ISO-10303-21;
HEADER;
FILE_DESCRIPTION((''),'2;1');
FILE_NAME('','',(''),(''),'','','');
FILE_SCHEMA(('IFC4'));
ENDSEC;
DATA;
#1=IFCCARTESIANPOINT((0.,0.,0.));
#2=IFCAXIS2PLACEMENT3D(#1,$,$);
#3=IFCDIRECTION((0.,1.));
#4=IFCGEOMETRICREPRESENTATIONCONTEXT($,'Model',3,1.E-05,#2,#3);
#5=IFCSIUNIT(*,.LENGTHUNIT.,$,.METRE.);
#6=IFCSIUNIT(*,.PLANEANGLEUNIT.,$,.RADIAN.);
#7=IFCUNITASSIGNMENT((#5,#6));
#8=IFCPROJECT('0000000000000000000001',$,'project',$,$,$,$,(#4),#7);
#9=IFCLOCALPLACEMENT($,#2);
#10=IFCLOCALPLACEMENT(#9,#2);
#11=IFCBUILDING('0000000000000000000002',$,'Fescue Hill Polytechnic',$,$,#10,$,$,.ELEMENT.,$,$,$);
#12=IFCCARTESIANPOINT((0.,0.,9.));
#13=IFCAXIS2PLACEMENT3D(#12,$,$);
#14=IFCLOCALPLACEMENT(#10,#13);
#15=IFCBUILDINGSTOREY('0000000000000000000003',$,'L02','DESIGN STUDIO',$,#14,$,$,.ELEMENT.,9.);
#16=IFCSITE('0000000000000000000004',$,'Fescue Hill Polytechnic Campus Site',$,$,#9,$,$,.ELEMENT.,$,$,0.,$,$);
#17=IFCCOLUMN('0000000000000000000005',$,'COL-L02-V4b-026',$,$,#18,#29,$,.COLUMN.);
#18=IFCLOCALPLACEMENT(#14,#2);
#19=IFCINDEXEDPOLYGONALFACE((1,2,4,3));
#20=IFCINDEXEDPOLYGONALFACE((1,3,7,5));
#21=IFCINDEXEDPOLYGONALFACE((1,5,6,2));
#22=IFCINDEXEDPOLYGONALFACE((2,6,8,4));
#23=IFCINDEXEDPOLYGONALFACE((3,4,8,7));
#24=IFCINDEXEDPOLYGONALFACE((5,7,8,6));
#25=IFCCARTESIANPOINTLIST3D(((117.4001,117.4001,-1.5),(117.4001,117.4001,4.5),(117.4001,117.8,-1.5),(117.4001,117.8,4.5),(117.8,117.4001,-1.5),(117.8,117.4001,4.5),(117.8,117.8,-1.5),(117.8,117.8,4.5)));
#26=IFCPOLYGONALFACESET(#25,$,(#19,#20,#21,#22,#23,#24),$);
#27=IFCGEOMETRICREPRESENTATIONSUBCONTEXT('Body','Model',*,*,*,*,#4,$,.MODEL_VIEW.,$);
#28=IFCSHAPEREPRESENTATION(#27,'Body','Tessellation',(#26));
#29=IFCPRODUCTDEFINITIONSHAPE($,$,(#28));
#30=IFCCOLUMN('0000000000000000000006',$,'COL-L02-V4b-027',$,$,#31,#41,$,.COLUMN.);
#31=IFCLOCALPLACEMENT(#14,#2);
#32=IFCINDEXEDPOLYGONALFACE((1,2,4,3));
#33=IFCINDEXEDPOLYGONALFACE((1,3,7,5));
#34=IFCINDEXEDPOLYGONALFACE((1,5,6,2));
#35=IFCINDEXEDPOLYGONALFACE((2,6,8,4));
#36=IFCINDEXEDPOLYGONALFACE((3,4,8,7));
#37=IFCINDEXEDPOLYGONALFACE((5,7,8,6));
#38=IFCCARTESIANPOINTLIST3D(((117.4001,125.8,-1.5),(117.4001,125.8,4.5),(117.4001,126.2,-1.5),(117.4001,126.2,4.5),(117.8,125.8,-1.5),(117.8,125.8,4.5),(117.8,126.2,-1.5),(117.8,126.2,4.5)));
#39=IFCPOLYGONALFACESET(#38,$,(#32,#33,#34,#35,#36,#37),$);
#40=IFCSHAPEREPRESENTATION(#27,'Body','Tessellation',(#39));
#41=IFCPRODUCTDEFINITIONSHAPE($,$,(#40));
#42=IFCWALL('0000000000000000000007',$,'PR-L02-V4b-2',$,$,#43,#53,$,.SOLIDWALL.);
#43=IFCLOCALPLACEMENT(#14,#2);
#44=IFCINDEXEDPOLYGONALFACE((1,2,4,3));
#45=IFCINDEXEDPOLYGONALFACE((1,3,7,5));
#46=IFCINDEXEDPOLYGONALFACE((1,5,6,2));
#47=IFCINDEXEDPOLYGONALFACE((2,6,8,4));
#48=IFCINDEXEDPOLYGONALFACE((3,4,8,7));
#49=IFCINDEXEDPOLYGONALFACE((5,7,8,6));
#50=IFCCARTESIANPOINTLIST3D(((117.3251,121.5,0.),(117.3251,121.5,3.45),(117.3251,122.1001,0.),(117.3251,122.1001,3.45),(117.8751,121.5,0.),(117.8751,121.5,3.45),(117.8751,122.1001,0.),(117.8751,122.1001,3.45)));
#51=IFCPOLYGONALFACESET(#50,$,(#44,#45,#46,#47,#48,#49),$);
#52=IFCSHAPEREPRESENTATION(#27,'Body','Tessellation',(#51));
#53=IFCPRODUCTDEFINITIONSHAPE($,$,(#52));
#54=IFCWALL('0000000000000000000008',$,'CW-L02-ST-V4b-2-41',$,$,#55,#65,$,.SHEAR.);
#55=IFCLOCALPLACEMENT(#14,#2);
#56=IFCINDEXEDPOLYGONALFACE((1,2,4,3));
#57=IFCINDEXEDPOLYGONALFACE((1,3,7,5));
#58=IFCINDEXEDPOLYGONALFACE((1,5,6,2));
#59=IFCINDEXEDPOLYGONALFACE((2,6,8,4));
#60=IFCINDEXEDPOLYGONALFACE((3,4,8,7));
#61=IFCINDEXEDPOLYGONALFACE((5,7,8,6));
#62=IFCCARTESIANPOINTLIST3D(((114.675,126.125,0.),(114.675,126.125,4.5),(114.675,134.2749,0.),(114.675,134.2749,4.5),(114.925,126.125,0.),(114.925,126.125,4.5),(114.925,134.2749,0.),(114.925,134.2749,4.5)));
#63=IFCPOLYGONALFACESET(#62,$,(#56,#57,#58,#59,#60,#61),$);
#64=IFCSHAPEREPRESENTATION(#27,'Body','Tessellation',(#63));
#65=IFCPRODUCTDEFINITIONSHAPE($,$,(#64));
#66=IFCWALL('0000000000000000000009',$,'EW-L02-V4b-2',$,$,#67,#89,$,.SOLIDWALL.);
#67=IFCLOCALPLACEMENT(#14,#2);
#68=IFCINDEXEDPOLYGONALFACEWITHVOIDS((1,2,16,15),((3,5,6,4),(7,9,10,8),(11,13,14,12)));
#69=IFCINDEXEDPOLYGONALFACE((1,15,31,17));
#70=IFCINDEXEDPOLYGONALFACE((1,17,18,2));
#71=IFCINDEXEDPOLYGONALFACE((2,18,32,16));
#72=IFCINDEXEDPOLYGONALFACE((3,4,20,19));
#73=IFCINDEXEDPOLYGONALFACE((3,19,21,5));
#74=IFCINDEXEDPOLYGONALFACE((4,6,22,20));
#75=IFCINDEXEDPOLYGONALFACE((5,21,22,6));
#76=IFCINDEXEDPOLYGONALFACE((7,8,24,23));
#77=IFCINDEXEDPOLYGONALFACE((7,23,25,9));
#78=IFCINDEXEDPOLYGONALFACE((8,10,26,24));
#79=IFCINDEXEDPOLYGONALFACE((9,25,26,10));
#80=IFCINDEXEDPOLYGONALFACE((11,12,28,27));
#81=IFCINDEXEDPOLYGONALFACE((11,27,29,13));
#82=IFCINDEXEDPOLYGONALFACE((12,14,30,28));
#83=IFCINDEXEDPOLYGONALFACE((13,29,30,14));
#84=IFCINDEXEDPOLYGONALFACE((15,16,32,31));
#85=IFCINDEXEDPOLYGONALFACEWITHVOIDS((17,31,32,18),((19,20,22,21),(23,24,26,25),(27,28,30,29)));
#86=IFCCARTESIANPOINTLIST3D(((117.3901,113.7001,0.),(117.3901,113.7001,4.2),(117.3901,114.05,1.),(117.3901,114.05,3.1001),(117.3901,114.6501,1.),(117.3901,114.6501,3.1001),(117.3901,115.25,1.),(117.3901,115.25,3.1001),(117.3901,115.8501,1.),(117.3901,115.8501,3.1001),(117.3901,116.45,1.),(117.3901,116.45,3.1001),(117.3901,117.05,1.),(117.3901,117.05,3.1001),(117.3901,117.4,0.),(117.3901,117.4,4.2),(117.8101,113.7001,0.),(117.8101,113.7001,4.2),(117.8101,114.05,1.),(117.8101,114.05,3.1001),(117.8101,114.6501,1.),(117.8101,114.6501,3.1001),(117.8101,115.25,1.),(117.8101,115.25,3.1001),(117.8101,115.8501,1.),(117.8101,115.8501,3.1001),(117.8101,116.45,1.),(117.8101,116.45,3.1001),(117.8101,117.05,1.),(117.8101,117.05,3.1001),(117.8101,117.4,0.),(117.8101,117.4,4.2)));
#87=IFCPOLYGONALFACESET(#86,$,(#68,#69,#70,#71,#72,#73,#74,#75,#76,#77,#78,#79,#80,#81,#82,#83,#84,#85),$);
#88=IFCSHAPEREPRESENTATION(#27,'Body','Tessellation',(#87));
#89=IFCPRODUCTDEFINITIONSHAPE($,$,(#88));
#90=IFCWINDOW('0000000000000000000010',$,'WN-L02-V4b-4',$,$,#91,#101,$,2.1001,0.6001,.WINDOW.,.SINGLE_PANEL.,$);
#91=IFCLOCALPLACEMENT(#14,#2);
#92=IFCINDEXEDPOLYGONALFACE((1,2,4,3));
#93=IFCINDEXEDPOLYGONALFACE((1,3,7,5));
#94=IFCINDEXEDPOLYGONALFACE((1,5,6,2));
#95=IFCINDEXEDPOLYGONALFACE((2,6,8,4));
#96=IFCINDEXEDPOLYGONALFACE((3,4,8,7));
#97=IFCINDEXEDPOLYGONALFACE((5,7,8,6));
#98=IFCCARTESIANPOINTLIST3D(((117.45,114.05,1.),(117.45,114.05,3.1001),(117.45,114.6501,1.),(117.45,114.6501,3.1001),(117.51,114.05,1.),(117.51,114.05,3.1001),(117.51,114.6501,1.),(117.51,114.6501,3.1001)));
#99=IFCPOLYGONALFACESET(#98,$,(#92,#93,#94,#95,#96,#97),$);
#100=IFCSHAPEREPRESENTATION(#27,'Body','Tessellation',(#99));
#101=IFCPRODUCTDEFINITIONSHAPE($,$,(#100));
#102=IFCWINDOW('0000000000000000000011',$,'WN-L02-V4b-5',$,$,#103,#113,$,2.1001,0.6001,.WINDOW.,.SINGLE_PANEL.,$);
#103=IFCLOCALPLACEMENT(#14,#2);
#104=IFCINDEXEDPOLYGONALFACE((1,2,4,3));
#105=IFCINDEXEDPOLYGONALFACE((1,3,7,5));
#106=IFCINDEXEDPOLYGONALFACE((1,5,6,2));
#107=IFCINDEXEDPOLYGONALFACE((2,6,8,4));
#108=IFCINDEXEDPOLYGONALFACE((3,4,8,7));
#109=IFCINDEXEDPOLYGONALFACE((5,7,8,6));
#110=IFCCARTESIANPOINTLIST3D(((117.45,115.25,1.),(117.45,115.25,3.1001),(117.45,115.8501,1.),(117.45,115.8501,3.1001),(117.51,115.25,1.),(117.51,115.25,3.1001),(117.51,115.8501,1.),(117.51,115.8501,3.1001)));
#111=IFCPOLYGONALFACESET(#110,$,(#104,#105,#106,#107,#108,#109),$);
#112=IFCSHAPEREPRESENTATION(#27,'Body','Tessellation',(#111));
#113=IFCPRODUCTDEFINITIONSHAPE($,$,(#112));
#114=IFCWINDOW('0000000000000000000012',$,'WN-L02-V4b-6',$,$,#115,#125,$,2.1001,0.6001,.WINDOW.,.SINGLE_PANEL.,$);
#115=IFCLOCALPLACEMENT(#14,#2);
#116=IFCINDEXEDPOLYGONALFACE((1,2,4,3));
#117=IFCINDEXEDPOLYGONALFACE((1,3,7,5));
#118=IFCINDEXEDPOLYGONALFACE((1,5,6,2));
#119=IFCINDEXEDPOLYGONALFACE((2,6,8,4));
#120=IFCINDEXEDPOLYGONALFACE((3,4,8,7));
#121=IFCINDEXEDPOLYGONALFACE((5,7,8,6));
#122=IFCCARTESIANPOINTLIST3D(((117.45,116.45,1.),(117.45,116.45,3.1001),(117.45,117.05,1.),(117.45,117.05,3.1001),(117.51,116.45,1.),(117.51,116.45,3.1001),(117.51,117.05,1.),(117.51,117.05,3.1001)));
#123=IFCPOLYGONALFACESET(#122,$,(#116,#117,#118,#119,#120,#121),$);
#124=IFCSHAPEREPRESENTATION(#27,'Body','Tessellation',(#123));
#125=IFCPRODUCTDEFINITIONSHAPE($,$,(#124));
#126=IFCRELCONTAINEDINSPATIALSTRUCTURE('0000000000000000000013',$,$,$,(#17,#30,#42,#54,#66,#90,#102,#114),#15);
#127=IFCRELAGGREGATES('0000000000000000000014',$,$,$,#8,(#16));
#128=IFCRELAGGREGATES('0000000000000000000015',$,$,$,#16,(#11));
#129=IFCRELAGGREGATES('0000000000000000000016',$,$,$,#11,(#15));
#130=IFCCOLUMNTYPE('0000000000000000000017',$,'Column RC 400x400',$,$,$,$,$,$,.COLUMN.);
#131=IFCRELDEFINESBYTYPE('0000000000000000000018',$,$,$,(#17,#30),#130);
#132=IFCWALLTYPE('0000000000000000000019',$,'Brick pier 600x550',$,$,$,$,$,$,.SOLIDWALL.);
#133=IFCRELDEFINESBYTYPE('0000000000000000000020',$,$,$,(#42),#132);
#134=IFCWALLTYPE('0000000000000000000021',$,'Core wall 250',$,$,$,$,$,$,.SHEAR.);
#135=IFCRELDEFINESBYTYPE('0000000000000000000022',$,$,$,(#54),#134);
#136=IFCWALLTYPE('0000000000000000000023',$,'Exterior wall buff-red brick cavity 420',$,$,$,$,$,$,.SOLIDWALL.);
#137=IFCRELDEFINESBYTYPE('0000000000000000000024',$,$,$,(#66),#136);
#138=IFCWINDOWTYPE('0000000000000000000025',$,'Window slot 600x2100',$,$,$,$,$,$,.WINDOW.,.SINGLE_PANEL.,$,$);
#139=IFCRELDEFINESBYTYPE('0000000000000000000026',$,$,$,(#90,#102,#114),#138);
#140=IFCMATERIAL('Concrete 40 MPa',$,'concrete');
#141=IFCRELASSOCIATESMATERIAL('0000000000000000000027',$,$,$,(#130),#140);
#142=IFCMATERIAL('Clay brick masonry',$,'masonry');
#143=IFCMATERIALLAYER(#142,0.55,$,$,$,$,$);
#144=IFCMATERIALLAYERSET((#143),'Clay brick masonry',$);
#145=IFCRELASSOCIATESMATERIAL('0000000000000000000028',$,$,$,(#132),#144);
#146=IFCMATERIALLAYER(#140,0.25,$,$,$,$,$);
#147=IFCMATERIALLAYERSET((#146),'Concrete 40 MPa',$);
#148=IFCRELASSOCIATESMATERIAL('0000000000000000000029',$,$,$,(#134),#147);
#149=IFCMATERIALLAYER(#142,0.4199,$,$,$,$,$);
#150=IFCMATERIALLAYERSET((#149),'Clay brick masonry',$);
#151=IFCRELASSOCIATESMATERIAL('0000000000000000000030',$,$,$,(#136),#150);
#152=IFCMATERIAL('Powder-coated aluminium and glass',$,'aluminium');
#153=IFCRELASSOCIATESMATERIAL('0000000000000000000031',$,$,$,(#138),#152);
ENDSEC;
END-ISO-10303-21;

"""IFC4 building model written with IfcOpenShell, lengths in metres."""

from ifc_helpers import new_model, si_unit, direction, frame, frame_2d, origin, origin_2d, place, context, subcontext, project, spatial, rectangle, extrude, material, layer, layer_set, material_profile, profile_set, type_object, element, fill, save


model = new_model("IFC4")

# Units and contexts
model_context = context("Model", 3, precision=1e-05, world=origin(), true_north=direction((0.0, 1.0)))
body_context = subcontext(model_context, "Body", "Model", "MODEL_VIEW")
ifc_project = project(units=[si_unit("LENGTHUNIT", "METRE"), si_unit("PLANEANGLEUNIT", "RADIAN")], contexts=[model_context])

# Site, building, storey
site_placement = place(None, origin())
site = spatial("IfcSite", under=ifc_project, at=site_placement, Name="Fescue Hill Polytechnic Campus Site", CompositionType="ELEMENT", RefElevation=0.0)
building_placement = place(site_placement, origin())
building = spatial("IfcBuilding", under=site, at=building_placement, Name="Fescue Hill Polytechnic", CompositionType="ELEMENT")
storey_placement = place(building_placement, frame((0.0, 0.0, 9.0)))
storey = spatial("IfcBuildingStorey", under=building, at=storey_placement, Name="L02", Description="DESIGN STUDIO", CompositionType="ELEMENT", Elevation=9.0)

# Columns
ifc_material_1 = material(Name="Concrete 40 MPa", Category="concrete")
ifc_material_profile = material_profile(ifc_material_1, rectangle(XDim=0.3999, YDim=0.3999, at=origin_2d()), Name="RC 400x400")
ifc_profile_set = profile_set([ifc_material_profile], Name="Concrete 40 MPa")
column_type = type_object("IfcColumnType", Name="Column RC 400x400", PredefinedType="COLUMN", material=ifc_profile_set)
for number, where, z_axis, x_axis, name in (
    (1, (117.6001, 117.6001, -1.5), (0.0, 0.0, 1.0), (1.0, 0.0, 0.0), "COL-L02-V4b-026"),
    (2, (117.6001, 126.0, -1.5), (0.0, 0.0, 1.0), (1.0, 0.0, 0.0), "COL-L02-V4b-027"),
):
    element("IfcColumn", number, at=place(storey_placement, frame(where, z_axis=z_axis, x_axis=x_axis)), inside=storey, type_object=column_type, Name=name, PredefinedType="COLUMN", context=body_context, shape_type="SweptSolid", body=[
        extrude(rectangle(XDim=0.3999, YDim=0.3999, at=origin_2d()), origin(), (0.0, 0.0, 1.0), 6.0),
    ])

# Walls
ifc_material_2 = material(Name="Clay brick masonry", Category="masonry")
ifc_layer_1 = layer(ifc_material_2, 0.55)
ifc_layer_set_1 = layer_set([ifc_layer_1], Name="Clay brick masonry")
wall_type_1 = type_object("IfcWallType", Name="Brick pier 600x550", PredefinedType="SOLIDWALL", material=ifc_layer_set_1)
wall_1_placement = place(storey_placement, frame((117.6001, 121.5, 0.0), z_axis=(0.0, 0.0, 1.0), x_axis=(0.0, 1.0, 0.0)))
element("IfcWall", 3, at=wall_1_placement, inside=storey, type_object=wall_type_1, Name="PR-L02-V4b-2", PredefinedType="SOLIDWALL", context=body_context, shape_type="SweptSolid", body=[
    extrude(rectangle(XDim=0.6001, YDim=0.55, at=frame_2d((0.3, 0.0))), origin(), (0.0, 0.0, 1.0), 3.45),
])
ifc_layer_2 = layer(ifc_material_1, 0.25)
ifc_layer_set_2 = layer_set([ifc_layer_2], Name="Concrete 40 MPa")
wall_type_2 = type_object("IfcWallType", Name="Core wall 250", PredefinedType="SHEAR", material=ifc_layer_set_2)
wall_2_placement = place(storey_placement, frame((114.8, 126.125, 0.0), z_axis=(0.0, 0.0, 1.0), x_axis=(0.0, 1.0, 0.0)))
element("IfcWall", 4, at=wall_2_placement, inside=storey, type_object=wall_type_2, Name="CW-L02-ST-V4b-2-41", PredefinedType="SHEAR", context=body_context, shape_type="SweptSolid", body=[
    extrude(rectangle(XDim=8.1499, YDim=0.25, at=frame_2d((4.075, 0.0))), origin(), (0.0, 0.0, 1.0), 4.5),
])

# Wall, openings, windows
ifc_layer_3 = layer(ifc_material_2, 0.4199)
ifc_layer_set_3 = layer_set([ifc_layer_3], Name="Clay brick masonry")
wall_type_3 = type_object("IfcWallType", Name="Exterior wall buff-red brick cavity 420", PredefinedType="SOLIDWALL", material=ifc_layer_set_3)
wall_3_placement = place(storey_placement, frame((117.6001, 113.7, 0.0), z_axis=(0.0, 0.0, 1.0), x_axis=(0.0, 1.0, 0.0)))
wall_3 = element("IfcWall", 5, at=wall_3_placement, inside=storey, type_object=wall_type_3, Name="EW-L02-V4b-2", PredefinedType="SOLIDWALL", context=body_context, shape_type="SweptSolid", body=[
    extrude(rectangle(XDim=3.7, YDim=0.4199, at=frame_2d((1.8501, 0.0))), origin(), (0.0, 0.0, 1.0), 4.2),
])
opening_1_placement = place(wall_3_placement, frame((0.3501, 0.0, 1.0)))
opening_1 = element("IfcOpeningElement", 6, at=opening_1_placement, cuts=wall_3, PredefinedType="OPENING", context=body_context, shape_type="SweptSolid", body=[
    extrude(rectangle(XDim=0.6001, YDim=2.1001, at=frame_2d((0.3, 1.05))), frame((0.0, 0.22, 0.0), z_axis=(0.0, -1.0, 0.0), x_axis=(1.0, 0.0, 0.0)), (0.0, 0.0, 1.0), 0.4399),
])
opening_2_placement = place(wall_3_placement, frame((1.55, 0.0, 1.0)))
opening_2 = element("IfcOpeningElement", 7, at=opening_2_placement, cuts=wall_3, PredefinedType="OPENING", context=body_context, shape_type="SweptSolid", body=[
    extrude(rectangle(XDim=0.6001, YDim=2.1001, at=frame_2d((0.3, 1.05))), frame((0.0, 0.22, 0.0), z_axis=(0.0, -1.0, 0.0), x_axis=(1.0, 0.0, 0.0)), (0.0, 0.0, 1.0), 0.4399),
])
opening_3_placement = place(wall_3_placement, frame((2.75, 0.0, 1.0)))
opening_3 = element("IfcOpeningElement", 8, at=opening_3_placement, cuts=wall_3, PredefinedType="OPENING", context=body_context, shape_type="SweptSolid", body=[
    extrude(rectangle(XDim=0.6001, YDim=2.1001, at=frame_2d((0.3, 1.05))), frame((0.0, 0.22, 0.0), z_axis=(0.0, -1.0, 0.0), x_axis=(1.0, 0.0, 0.0)), (0.0, 0.0, 1.0), 0.4399),
])
ifc_material_3 = material(Name="Powder-coated aluminium and glass", Category="aluminium")
window_type = type_object("IfcWindowType", Name="Window slot 600x2100", PartitioningType="SINGLE_PANEL", PredefinedType="WINDOW", material=ifc_material_3)
window_1_placement = place(opening_1_placement, origin())
window_1 = element("IfcWindow", 9, at=window_1_placement, inside=storey, type_object=window_type, Name="WN-L02-V4b-4", OverallHeight=2.1001, OverallWidth=0.6001, PartitioningType="SINGLE_PANEL", PredefinedType="WINDOW", context=body_context, shape_type="SweptSolid", body=[
    extrude(rectangle(XDim=0.6001, YDim=2.1001, at=frame_2d((0.3, 1.05))), frame((0.0, 0.1501, 0.0), z_axis=(0.0, -1.0, 0.0), x_axis=(1.0, 0.0, 0.0)), (0.0, 0.0, 1.0), 0.0601),
])
fill(opening_1, window_1)
window_2_placement = place(opening_2_placement, origin())
window_2 = element("IfcWindow", 10, at=window_2_placement, inside=storey, type_object=window_type, Name="WN-L02-V4b-5", OverallHeight=2.1001, OverallWidth=0.6001, PartitioningType="SINGLE_PANEL", PredefinedType="WINDOW", context=body_context, shape_type="SweptSolid", body=[
    extrude(rectangle(XDim=0.6001, YDim=2.1001, at=frame_2d((0.3, 1.05))), frame((0.0, 0.1501, 0.0), z_axis=(0.0, -1.0, 0.0), x_axis=(1.0, 0.0, 0.0)), (0.0, 0.0, 1.0), 0.0601),
])
fill(opening_2, window_2)
window_3_placement = place(opening_3_placement, origin())
window_3 = element("IfcWindow", 11, at=window_3_placement, inside=storey, type_object=window_type, Name="WN-L02-V4b-6", OverallHeight=2.1001, OverallWidth=0.6001, PartitioningType="SINGLE_PANEL", PredefinedType="WINDOW", context=body_context, shape_type="SweptSolid", body=[
    extrude(rectangle(XDim=0.6001, YDim=2.1001, at=frame_2d((0.3, 1.05))), frame((0.0, 0.1501, 0.0), z_axis=(0.0, -1.0, 0.0), x_axis=(1.0, 0.0, 0.0)), (0.0, 0.0, 1.0), 0.0601),
])
fill(opening_3, window_3)

save(model, "model.ifc")
